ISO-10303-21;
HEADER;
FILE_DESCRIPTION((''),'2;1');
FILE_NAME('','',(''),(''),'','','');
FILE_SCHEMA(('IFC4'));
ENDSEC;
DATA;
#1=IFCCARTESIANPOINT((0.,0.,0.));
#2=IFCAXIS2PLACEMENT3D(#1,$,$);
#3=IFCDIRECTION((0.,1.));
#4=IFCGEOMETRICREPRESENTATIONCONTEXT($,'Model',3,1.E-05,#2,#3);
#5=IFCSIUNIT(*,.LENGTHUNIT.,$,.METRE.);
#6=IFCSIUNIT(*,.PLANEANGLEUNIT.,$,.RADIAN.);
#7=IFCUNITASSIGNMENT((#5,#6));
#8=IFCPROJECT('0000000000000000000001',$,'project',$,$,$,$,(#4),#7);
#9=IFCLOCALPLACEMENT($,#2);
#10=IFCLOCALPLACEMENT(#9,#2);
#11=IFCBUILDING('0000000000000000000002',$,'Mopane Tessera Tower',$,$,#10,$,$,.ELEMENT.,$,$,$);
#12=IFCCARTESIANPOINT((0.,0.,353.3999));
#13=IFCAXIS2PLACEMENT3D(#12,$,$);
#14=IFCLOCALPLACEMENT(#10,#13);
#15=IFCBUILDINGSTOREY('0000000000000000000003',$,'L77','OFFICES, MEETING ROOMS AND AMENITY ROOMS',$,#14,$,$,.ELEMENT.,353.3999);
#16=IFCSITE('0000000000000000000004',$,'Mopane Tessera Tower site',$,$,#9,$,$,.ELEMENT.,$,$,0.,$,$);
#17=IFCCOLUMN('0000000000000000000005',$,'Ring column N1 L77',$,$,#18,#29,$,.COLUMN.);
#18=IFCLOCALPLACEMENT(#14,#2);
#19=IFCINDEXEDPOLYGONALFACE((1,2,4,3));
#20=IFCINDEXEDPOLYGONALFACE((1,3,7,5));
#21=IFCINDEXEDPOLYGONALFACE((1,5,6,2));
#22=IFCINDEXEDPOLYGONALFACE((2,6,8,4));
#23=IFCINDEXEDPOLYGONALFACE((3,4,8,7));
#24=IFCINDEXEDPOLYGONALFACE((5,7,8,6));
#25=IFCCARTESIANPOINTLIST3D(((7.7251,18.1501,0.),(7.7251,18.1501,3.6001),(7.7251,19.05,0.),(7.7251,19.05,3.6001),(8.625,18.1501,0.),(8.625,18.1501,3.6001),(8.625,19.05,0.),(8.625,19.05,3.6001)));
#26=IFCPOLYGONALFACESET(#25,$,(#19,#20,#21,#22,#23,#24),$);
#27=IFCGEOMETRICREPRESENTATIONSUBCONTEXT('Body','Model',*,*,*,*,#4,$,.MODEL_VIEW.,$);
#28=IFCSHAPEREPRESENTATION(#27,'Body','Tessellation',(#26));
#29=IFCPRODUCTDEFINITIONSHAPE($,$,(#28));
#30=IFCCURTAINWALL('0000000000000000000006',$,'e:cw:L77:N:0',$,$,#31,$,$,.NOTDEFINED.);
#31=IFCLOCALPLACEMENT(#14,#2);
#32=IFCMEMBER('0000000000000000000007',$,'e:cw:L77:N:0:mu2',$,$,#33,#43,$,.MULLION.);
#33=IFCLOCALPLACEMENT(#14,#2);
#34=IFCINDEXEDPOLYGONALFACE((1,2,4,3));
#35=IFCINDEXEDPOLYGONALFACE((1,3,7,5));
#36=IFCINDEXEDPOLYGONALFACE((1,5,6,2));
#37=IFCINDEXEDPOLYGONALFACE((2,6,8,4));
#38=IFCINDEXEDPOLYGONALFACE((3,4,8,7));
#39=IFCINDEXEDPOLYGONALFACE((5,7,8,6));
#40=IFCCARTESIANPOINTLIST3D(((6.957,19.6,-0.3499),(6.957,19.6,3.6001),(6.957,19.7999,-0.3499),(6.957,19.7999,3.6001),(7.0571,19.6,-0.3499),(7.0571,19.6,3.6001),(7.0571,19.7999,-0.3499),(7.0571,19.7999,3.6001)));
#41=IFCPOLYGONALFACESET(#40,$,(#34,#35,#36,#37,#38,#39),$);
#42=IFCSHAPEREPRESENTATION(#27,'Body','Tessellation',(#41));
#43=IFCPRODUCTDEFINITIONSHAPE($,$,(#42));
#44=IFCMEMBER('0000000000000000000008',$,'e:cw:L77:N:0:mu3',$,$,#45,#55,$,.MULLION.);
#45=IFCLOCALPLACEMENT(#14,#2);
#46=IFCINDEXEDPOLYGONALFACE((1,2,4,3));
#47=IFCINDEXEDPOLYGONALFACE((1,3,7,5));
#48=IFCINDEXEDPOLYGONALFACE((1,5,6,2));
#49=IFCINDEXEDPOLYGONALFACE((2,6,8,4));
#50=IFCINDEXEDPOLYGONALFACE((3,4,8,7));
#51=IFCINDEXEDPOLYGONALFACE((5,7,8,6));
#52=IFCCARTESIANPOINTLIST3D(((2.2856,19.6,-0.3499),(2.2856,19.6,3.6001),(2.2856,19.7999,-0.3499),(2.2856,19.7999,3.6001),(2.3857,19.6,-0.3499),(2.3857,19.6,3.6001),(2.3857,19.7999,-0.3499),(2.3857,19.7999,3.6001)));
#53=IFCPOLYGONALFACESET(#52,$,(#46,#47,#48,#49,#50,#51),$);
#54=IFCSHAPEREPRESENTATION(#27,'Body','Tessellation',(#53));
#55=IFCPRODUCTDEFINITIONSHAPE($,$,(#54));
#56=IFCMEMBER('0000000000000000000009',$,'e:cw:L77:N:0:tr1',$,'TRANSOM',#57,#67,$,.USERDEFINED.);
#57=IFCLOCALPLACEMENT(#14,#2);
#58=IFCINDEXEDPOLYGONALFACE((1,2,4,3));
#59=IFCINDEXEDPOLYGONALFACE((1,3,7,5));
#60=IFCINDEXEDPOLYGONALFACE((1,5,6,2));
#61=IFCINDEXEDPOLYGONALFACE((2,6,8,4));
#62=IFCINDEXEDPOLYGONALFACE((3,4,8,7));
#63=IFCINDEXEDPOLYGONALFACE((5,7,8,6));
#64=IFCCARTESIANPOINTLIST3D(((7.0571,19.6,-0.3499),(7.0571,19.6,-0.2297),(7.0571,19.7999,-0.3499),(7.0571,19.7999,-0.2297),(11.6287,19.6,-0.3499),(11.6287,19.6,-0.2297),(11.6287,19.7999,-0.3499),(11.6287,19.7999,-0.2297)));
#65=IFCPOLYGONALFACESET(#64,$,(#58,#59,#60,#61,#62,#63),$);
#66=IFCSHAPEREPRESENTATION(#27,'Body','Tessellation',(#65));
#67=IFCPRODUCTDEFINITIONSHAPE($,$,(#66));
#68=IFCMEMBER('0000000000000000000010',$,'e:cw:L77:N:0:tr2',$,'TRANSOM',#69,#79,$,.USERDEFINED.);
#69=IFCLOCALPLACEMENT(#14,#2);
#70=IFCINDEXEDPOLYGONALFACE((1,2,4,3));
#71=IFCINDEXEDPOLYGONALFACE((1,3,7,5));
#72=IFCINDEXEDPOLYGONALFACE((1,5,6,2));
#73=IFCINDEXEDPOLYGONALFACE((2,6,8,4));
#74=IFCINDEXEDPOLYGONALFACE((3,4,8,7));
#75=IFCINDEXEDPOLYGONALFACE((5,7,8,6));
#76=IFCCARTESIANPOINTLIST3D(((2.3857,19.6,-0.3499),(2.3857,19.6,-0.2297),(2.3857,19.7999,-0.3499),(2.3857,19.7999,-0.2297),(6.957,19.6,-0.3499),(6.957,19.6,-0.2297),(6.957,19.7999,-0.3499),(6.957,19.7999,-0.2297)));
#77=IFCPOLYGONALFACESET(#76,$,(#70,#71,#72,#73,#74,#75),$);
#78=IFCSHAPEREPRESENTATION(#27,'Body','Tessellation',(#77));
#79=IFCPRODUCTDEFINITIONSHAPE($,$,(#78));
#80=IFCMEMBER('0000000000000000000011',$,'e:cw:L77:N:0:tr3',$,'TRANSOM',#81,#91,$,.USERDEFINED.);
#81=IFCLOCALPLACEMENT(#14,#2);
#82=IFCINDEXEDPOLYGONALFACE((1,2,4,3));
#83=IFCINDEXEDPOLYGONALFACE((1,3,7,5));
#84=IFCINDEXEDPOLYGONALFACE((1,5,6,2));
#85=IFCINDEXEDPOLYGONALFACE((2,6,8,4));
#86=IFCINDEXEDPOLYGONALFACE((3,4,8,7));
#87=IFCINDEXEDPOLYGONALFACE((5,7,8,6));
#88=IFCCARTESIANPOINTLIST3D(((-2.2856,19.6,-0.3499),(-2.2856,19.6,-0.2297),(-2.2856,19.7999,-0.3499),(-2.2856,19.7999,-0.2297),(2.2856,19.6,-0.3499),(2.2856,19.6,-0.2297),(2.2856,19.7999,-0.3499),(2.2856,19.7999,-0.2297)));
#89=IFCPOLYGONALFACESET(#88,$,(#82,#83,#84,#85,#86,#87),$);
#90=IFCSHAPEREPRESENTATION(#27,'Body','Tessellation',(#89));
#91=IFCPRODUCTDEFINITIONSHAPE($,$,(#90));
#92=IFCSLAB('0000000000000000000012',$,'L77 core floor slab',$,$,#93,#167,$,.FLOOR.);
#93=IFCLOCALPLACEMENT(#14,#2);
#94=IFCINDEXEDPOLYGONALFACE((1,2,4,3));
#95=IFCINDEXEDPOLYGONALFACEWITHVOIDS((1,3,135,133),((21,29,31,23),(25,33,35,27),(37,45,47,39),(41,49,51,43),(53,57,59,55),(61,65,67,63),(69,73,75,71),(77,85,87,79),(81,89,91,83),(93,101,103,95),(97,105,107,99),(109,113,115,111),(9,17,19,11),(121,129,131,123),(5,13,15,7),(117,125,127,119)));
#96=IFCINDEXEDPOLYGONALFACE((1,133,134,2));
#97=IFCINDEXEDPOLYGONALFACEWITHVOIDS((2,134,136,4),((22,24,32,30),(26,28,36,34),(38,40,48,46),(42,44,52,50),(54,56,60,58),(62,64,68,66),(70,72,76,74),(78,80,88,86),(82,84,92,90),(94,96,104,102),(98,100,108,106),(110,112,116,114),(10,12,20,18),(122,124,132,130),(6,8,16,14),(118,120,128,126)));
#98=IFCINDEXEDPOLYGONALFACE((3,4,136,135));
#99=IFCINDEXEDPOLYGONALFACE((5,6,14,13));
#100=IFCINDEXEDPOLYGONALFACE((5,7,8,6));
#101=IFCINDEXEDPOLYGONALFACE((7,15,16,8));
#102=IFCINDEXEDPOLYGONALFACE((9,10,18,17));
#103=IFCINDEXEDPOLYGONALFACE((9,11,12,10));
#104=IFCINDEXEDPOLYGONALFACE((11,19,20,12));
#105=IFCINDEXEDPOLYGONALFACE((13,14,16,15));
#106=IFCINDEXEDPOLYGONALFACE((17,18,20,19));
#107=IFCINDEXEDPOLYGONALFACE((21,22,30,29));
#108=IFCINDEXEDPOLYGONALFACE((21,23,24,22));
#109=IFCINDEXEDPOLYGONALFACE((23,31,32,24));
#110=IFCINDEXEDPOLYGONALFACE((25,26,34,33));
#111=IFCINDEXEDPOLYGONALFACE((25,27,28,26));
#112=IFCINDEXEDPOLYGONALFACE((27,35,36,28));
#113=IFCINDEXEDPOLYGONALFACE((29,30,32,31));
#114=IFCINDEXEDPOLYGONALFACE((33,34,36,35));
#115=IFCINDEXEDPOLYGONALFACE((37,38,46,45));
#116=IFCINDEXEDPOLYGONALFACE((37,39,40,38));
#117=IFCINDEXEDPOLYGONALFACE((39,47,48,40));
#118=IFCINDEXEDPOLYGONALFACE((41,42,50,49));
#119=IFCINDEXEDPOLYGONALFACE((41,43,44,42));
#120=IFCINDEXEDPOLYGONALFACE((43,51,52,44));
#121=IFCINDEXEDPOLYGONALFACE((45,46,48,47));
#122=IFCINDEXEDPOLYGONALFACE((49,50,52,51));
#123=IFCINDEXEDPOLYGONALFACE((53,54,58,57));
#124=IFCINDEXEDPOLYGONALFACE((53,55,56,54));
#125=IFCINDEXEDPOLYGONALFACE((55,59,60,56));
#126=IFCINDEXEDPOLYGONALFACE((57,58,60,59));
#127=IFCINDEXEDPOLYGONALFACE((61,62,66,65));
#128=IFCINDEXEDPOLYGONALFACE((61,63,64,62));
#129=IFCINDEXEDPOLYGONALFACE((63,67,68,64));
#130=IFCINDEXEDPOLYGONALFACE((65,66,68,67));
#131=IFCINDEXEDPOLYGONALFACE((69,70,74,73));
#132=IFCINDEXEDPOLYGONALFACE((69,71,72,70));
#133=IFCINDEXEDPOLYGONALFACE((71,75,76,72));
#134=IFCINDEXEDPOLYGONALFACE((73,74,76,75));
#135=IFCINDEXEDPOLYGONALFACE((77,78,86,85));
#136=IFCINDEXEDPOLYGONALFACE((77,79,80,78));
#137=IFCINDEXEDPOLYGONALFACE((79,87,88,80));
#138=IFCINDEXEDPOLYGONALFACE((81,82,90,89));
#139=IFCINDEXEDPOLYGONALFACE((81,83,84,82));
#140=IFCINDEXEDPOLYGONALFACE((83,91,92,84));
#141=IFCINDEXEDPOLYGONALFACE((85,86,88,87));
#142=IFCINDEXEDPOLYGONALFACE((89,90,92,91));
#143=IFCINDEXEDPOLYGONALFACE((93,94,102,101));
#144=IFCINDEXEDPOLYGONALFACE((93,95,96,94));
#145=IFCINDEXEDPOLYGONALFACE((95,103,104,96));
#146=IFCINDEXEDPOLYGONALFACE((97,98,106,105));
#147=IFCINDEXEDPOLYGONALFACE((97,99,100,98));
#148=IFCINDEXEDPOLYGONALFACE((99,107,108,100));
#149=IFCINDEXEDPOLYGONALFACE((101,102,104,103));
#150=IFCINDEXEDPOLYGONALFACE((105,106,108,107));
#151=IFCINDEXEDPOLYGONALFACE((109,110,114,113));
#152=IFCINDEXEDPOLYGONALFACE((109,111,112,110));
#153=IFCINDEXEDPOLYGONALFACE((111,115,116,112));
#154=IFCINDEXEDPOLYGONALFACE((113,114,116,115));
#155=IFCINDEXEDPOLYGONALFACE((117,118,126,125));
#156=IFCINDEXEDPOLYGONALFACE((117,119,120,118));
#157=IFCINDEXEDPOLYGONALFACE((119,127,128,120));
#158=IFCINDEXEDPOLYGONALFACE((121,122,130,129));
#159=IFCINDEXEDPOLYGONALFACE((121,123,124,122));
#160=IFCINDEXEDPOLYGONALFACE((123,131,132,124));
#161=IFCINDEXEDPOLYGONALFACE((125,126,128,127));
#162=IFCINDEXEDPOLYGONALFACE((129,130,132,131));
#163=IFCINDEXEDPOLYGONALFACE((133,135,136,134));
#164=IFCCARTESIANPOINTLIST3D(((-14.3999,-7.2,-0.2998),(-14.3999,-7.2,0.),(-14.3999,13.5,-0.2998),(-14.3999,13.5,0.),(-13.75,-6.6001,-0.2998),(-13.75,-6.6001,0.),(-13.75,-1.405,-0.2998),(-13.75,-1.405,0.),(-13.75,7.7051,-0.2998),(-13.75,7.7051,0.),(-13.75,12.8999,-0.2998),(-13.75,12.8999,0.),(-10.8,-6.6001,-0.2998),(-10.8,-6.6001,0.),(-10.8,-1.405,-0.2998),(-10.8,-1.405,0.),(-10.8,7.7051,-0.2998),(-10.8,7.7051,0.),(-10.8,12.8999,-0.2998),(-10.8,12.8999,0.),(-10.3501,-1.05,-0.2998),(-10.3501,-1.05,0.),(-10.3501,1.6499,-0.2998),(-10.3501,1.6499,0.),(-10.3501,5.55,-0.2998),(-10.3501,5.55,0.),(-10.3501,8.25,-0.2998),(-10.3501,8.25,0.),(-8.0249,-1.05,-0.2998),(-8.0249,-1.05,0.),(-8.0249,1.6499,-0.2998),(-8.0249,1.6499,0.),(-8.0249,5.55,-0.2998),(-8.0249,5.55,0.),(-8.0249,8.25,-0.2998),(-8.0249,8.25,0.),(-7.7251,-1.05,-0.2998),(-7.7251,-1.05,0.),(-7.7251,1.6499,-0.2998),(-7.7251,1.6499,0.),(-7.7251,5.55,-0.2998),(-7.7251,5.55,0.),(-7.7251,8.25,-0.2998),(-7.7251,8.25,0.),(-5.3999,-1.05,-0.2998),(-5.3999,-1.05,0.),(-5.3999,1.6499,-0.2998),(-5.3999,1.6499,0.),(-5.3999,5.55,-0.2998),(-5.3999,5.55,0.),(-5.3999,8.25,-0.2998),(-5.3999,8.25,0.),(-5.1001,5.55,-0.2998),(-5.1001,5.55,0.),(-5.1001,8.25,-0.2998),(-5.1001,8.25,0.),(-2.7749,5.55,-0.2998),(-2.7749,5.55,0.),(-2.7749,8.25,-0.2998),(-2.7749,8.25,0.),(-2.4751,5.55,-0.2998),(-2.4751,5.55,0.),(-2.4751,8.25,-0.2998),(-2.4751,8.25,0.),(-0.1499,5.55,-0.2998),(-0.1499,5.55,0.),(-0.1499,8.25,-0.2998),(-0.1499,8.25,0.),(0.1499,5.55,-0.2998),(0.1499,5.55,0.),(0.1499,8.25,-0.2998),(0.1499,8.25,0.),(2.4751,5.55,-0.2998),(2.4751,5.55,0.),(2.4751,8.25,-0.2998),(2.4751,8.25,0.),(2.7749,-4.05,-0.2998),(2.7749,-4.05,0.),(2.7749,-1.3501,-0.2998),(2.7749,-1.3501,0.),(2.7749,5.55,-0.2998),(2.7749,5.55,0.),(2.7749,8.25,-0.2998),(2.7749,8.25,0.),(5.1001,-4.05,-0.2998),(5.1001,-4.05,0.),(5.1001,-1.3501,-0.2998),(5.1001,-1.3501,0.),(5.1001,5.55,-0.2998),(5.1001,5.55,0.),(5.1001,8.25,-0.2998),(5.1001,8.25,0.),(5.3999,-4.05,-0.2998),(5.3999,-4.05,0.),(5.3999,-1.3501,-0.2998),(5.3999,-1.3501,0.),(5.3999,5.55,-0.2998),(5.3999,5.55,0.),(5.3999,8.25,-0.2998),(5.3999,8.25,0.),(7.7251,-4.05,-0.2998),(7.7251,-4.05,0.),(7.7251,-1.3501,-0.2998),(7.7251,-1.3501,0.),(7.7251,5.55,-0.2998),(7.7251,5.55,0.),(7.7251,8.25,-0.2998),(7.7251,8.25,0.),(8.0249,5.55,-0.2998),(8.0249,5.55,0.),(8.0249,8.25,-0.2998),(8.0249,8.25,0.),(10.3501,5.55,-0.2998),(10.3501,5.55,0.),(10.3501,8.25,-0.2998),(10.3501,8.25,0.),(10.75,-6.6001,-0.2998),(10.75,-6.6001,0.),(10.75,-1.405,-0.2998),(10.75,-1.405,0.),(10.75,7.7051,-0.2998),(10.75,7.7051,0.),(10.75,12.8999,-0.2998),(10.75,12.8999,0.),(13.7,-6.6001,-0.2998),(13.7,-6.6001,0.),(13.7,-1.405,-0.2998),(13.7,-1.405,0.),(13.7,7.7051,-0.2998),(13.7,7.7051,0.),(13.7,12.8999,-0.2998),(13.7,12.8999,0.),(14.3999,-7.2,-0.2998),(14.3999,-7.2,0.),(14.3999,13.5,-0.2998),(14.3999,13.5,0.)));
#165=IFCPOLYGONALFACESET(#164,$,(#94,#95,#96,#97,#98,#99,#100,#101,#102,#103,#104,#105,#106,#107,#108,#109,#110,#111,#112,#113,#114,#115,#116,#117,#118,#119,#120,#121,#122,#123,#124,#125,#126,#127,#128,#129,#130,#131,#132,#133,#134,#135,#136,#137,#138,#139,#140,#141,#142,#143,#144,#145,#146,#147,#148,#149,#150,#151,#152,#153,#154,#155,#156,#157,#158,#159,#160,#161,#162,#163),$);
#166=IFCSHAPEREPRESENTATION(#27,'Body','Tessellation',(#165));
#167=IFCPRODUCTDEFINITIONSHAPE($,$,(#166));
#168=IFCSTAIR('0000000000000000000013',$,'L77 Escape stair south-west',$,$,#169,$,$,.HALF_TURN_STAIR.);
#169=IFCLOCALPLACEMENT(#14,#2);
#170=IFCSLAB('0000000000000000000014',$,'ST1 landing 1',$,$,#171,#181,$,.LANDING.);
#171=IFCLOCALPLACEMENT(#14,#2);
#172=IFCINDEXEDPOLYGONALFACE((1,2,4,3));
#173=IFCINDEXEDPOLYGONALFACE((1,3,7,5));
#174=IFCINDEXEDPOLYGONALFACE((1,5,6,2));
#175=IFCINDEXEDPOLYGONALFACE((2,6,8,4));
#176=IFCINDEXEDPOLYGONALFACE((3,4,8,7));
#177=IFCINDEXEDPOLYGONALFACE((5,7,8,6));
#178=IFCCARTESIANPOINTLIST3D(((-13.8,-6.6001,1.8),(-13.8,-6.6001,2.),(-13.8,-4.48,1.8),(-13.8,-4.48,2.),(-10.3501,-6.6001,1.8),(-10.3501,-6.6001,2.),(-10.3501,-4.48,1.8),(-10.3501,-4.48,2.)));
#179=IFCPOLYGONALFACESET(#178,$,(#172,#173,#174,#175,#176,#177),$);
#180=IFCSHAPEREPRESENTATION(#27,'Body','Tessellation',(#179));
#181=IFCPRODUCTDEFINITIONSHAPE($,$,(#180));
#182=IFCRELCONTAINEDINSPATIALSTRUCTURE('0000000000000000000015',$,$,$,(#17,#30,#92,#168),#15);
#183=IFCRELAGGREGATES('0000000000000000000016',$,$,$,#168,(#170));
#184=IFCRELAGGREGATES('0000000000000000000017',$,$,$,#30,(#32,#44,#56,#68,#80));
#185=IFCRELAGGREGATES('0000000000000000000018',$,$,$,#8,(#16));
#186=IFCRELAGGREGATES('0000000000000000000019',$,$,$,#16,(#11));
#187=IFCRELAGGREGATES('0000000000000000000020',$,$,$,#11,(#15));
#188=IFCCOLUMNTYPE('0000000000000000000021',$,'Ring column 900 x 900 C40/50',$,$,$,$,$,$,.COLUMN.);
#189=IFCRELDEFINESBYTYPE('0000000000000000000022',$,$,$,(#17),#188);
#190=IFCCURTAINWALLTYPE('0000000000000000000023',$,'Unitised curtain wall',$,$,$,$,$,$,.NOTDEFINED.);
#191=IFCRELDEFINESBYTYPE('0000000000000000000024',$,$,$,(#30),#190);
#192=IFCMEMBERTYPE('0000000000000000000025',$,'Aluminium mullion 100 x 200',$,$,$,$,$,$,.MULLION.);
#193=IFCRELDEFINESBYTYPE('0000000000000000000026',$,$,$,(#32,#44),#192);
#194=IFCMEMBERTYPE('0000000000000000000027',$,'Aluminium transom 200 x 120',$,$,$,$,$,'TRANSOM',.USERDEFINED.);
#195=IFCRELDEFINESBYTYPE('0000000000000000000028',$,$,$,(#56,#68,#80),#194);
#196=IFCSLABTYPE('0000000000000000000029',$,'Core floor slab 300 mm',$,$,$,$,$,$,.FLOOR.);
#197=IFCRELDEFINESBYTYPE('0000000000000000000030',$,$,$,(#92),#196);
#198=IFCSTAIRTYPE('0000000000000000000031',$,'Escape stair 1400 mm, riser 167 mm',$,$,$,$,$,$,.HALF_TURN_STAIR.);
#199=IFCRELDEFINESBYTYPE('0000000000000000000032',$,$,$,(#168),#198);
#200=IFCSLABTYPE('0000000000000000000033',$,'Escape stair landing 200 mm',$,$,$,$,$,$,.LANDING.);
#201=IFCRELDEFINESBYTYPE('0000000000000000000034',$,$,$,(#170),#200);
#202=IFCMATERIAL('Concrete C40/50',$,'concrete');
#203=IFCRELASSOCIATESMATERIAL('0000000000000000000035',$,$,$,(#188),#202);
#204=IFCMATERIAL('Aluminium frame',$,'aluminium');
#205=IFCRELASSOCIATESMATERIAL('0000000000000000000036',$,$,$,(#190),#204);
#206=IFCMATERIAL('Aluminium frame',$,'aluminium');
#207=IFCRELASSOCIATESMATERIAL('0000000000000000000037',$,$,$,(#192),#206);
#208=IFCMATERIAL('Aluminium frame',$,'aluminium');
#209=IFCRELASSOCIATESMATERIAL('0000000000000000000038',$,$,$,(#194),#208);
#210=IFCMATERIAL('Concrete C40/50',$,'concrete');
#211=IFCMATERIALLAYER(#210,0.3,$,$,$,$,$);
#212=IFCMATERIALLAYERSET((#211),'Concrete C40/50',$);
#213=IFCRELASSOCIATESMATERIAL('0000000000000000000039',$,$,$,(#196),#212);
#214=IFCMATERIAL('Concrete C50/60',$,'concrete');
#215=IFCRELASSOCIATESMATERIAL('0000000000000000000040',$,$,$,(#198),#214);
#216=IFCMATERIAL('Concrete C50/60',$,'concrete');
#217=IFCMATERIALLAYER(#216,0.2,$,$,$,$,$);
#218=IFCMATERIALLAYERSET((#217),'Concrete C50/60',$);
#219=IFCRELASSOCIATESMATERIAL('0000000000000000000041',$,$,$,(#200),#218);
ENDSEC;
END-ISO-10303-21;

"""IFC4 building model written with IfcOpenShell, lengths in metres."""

from ifc_helpers import new_model, si_unit, direction, frame, origin, origin_2d, place, context, subcontext, project, spatial, polyline, rectangle, outline, extrude, material, layer, layer_set, material_profile, profile_set, type_object, element, aggregate, save


model = new_model("IFC4")

# Units and contexts
model_context = context("Model", 3, precision=1e-05, world=origin(), true_north=direction((0.0, 1.0)))
body_context = subcontext(model_context, "Body", "Model", "MODEL_VIEW")
ifc_project = project(units=[si_unit("LENGTHUNIT", "METRE"), si_unit("PLANEANGLEUNIT", "RADIAN")], contexts=[model_context])

# Site, building, storey
site_placement = place(None, origin())
site = spatial("IfcSite", under=ifc_project, at=site_placement, Name="Mopane Tessera Tower site", CompositionType="ELEMENT", RefElevation=0.0)
building_placement = place(site_placement, origin())
building = spatial("IfcBuilding", under=site, at=building_placement, Name="Mopane Tessera Tower", CompositionType="ELEMENT")
storey_placement = place(building_placement, frame((0.0, 0.0, 353.3999)))
storey = spatial("IfcBuildingStorey", under=building, at=storey_placement, Name="L77", Description="OFFICES, MEETING ROOMS AND AMENITY ROOMS", CompositionType="ELEMENT", Elevation=353.3999)

# Column
ifc_material_1 = material(Name="Concrete C40/50", Category="concrete")
ifc_material_profile_1 = material_profile(ifc_material_1, rectangle(XDim=0.8999, YDim=0.8999, at=origin_2d()))
ifc_profile_set_1 = profile_set([ifc_material_profile_1], Name="Concrete C40/50")
column_type = type_object("IfcColumnType", Name="Ring column 900 x 900 C40/50", PredefinedType="COLUMN", material=ifc_profile_set_1)
column_placement = place(storey_placement, frame((8.175, 18.6001, 0.0), z_axis=(0.0, 0.0, 1.0), x_axis=(1.0, 0.0, 0.0)))
element("IfcColumn", 1, at=column_placement, inside=storey, type_object=column_type, Name="Ring column N1 L77", PredefinedType="COLUMN", context=body_context, shape_type="SweptSolid", body=[
    extrude(rectangle(XDim=0.8999, YDim=0.8999, at=origin_2d()), origin(), (0.0, 0.0, 1.0), 3.6001),
])

# Curtain wall, members
ifc_material_2 = material(Name="Aluminium frame", Category="aluminium")
curtain_wall_type = type_object("IfcCurtainWallType", Name="Unitised curtain wall", PredefinedType="NOTDEFINED", material=ifc_material_2)
curtain_wall_placement = place(storey_placement, origin())
curtain_wall = element("IfcCurtainWall", 2, at=curtain_wall_placement, inside=storey, type_object=curtain_wall_type, Name="e:cw:L77:N:0", PredefinedType="NOTDEFINED")
ifc_material_3 = material(Name="Aluminium frame", Category="aluminium")
ifc_material_profile_2 = material_profile(ifc_material_3, rectangle(XDim=0.1001, YDim=0.2, at=origin_2d()))
ifc_profile_set_2 = profile_set([ifc_material_profile_2], Name="Aluminium frame")
member_type_1 = type_object("IfcMemberType", Name="Aluminium mullion 100 x 200", PredefinedType="MULLION", material=ifc_profile_set_2)
member_1_placement = place(storey_placement, frame((7.0071, 19.7, -0.3499), z_axis=(0.0, 0.0, 1.0), x_axis=(-1.0, 0.0, 0.0)))
member_1 = element("IfcMember", 3, at=member_1_placement, type_object=member_type_1, Name="e:cw:L77:N:0:mu2", PredefinedType="MULLION", context=body_context, shape_type="SweptSolid", body=[
    extrude(rectangle(XDim=0.1001, YDim=0.2, at=origin_2d()), origin(), (0.0, 0.0, 1.0), 3.95),
])
member_2_placement = place(storey_placement, frame((2.3357, 19.7, -0.3499), z_axis=(0.0, 0.0, 1.0), x_axis=(-1.0, 0.0, 0.0)))
member_2 = element("IfcMember", 4, at=member_2_placement, type_object=member_type_1, Name="e:cw:L77:N:0:mu3", PredefinedType="MULLION", context=body_context, shape_type="SweptSolid", body=[
    extrude(rectangle(XDim=0.1001, YDim=0.2, at=origin_2d()), origin(), (0.0, 0.0, 1.0), 3.95),
])
ifc_material_4 = material(Name="Aluminium frame", Category="aluminium")
ifc_material_profile_3 = material_profile(ifc_material_4, rectangle(XDim=0.2, YDim=0.1201, at=origin_2d()))
ifc_profile_set_3 = profile_set([ifc_material_profile_3], Name="Aluminium frame")
member_type_2 = type_object("IfcMemberType", Name="Aluminium transom 200 x 120", ElementType="TRANSOM", PredefinedType="USERDEFINED", material=ifc_profile_set_3)
member_3_placement = place(storey_placement, frame((11.6287, 19.7, -0.2898), z_axis=(-1.0, 0.0, 0.0), x_axis=(0.0, -1.0, 0.0)))
member_3 = element("IfcMember", 5, at=member_3_placement, type_object=member_type_2, Name="e:cw:L77:N:0:tr1", ObjectType="TRANSOM", PredefinedType="USERDEFINED", context=body_context, shape_type="SweptSolid", body=[
    extrude(rectangle(XDim=0.2, YDim=0.1201, at=origin_2d()), origin(), (0.0, 0.0, 1.0), 4.5715),
])
member_4_placement = place(storey_placement, frame((6.957, 19.7, -0.2898), z_axis=(-1.0, 0.0, 0.0), x_axis=(0.0, -1.0, 0.0)))
member_4 = element("IfcMember", 6, at=member_4_placement, type_object=member_type_2, Name="e:cw:L77:N:0:tr2", ObjectType="TRANSOM", PredefinedType="USERDEFINED", context=body_context, shape_type="SweptSolid", body=[
    extrude(rectangle(XDim=0.2, YDim=0.1201, at=origin_2d()), origin(), (0.0, 0.0, 1.0), 4.5713),
])
member_5_placement = place(storey_placement, frame((2.2856, 19.7, -0.2898), z_axis=(-1.0, 0.0, 0.0), x_axis=(0.0, -1.0, 0.0)))
member_5 = element("IfcMember", 7, at=member_5_placement, type_object=member_type_2, Name="e:cw:L77:N:0:tr3", ObjectType="TRANSOM", PredefinedType="USERDEFINED", context=body_context, shape_type="SweptSolid", body=[
    extrude(rectangle(XDim=0.2, YDim=0.1201, at=origin_2d()), origin(), (0.0, 0.0, 1.0), 4.5713),
])

# Slab
ifc_material_5 = material(Name="Concrete C40/50", Category="concrete")
ifc_layer_1 = layer(ifc_material_5, 0.3)
ifc_layer_set_1 = layer_set([ifc_layer_1], Name="Concrete C40/50")
slab_type_1 = type_object("IfcSlabType", Name="Core floor slab 300 mm", PredefinedType="FLOOR", material=ifc_layer_set_1)
slab_1_placement = place(storey_placement, frame((0.0, 0.0, -0.2998)))
element("IfcSlab", 8, at=slab_1_placement, inside=storey, type_object=slab_type_1, Name="L77 core floor slab", PredefinedType="FLOOR", context=body_context, shape_type="SweptSolid", body=[
    extrude(outline(polyline([(-14.3999, -7.2), (14.3999, -7.2), (14.3999, 13.5), (-14.3999, 13.5), (-14.3999, -7.2)]), holes=[polyline([(-10.3501, -1.05), (-8.0249, -1.05), (-8.0249, 1.6499), (-10.3501, 1.6499), (-10.3501, -1.05)]), polyline([(-7.7251, -1.05), (-5.3999, -1.05), (-5.3999, 1.6499), (-7.7251, 1.6499), (-7.7251, -1.05)]), polyline([(-10.3501, 5.55), (-8.0249, 5.55), (-8.0249, 8.25), (-10.3501, 8.25), (-10.3501, 5.55)]), polyline([(-7.7251, 5.55), (-5.3999, 5.55), (-5.3999, 8.25), (-7.7251, 8.25), (-7.7251, 5.55)]), polyline([(-5.1001, 5.55), (-2.7749, 5.55), (-2.7749, 8.25), (-5.1001, 8.25), (-5.1001, 5.55)]), polyline([(-2.4751, 5.55), (-0.1499, 5.55), (-0.1499, 8.25), (-2.4751, 8.25), (-2.4751, 5.55)]), polyline([(0.1499, 5.55), (2.4751, 5.55), (2.4751, 8.25), (0.1499, 8.25), (0.1499, 5.55)]), polyline([(2.7749, 5.55), (5.1001, 5.55), (5.1001, 8.25), (2.7749, 8.25), (2.7749, 5.55)]), polyline([(5.3999, 5.55), (7.7251, 5.55), (7.7251, 8.25), (5.3999, 8.25), (5.3999, 5.55)]), polyline([(8.0249, 5.55), (10.3501, 5.55), (10.3501, 8.25), (8.0249, 8.25), (8.0249, 5.55)]), polyline([(2.7749, -4.05), (5.1001, -4.05), (5.1001, -1.3501), (2.7749, -1.3501), (2.7749, -4.05)]), polyline([(5.3999, -4.05), (7.7251, -4.05), (7.7251, -1.3501), (5.3999, -1.3501), (5.3999, -4.05)]), polyline([(-13.75, -1.405), (-13.75, -6.6001), (-10.8, -6.6001), (-10.8, -1.405), (-13.75, -1.405)]), polyline([(-10.8, 7.7051), (-10.8, 12.8999), (-13.75, 12.8999), (-13.75, 7.7051), (-10.8, 7.7051)]), polyline([(10.75, -1.405), (10.75, -6.6001), (13.7, -6.6001), (13.7, -1.405), (10.75, -1.405)]), polyline([(13.7, 7.7051), (13.7, 12.8999), (10.75, 12.8999), (10.75, 7.7051), (13.7, 7.7051)])]), origin(), (0.0, 0.0, 1.0), 0.2998),
])

# Stair, slab
ifc_material_6 = material(Name="Concrete C50/60", Category="concrete")
stair_type = type_object("IfcStairType", Name="Escape stair 1400 mm, riser 167 mm", PredefinedType="HALF_TURN_STAIR", material=ifc_material_6)
stair_1_placement = place(storey_placement, origin())
stair_1 = element("IfcStair", 9, at=stair_1_placement, inside=storey, type_object=stair_type, Name="L77 Escape stair south-west", PredefinedType="HALF_TURN_STAIR")
ifc_material_7 = material(Name="Concrete C50/60", Category="concrete")
ifc_layer_2 = layer(ifc_material_7, 0.2)
ifc_layer_set_2 = layer_set([ifc_layer_2], Name="Concrete C50/60")
slab_type_2 = type_object("IfcSlabType", Name="Escape stair landing 200 mm", PredefinedType="LANDING", material=ifc_layer_set_2)
slab_2_placement = place(storey_placement, frame((0.0, 0.0, 1.8)))
slab_2 = element("IfcSlab", 10, at=slab_2_placement, type_object=slab_type_2, Name="ST1 landing 1", PredefinedType="LANDING", context=body_context, shape_type="SweptSolid", body=[
    extrude(outline(polyline([(-13.8, -4.48), (-13.8, -6.6001), (-10.3501, -6.6001), (-10.3501, -4.48), (-13.8, -4.48)])), origin(), (0.0, 0.0, 1.0), 0.2),
])
aggregate(stair_1, [slab_2])

aggregate(curtain_wall, [member_1, member_2, member_3, member_4, member_5])

save(model, "model.ifc")
